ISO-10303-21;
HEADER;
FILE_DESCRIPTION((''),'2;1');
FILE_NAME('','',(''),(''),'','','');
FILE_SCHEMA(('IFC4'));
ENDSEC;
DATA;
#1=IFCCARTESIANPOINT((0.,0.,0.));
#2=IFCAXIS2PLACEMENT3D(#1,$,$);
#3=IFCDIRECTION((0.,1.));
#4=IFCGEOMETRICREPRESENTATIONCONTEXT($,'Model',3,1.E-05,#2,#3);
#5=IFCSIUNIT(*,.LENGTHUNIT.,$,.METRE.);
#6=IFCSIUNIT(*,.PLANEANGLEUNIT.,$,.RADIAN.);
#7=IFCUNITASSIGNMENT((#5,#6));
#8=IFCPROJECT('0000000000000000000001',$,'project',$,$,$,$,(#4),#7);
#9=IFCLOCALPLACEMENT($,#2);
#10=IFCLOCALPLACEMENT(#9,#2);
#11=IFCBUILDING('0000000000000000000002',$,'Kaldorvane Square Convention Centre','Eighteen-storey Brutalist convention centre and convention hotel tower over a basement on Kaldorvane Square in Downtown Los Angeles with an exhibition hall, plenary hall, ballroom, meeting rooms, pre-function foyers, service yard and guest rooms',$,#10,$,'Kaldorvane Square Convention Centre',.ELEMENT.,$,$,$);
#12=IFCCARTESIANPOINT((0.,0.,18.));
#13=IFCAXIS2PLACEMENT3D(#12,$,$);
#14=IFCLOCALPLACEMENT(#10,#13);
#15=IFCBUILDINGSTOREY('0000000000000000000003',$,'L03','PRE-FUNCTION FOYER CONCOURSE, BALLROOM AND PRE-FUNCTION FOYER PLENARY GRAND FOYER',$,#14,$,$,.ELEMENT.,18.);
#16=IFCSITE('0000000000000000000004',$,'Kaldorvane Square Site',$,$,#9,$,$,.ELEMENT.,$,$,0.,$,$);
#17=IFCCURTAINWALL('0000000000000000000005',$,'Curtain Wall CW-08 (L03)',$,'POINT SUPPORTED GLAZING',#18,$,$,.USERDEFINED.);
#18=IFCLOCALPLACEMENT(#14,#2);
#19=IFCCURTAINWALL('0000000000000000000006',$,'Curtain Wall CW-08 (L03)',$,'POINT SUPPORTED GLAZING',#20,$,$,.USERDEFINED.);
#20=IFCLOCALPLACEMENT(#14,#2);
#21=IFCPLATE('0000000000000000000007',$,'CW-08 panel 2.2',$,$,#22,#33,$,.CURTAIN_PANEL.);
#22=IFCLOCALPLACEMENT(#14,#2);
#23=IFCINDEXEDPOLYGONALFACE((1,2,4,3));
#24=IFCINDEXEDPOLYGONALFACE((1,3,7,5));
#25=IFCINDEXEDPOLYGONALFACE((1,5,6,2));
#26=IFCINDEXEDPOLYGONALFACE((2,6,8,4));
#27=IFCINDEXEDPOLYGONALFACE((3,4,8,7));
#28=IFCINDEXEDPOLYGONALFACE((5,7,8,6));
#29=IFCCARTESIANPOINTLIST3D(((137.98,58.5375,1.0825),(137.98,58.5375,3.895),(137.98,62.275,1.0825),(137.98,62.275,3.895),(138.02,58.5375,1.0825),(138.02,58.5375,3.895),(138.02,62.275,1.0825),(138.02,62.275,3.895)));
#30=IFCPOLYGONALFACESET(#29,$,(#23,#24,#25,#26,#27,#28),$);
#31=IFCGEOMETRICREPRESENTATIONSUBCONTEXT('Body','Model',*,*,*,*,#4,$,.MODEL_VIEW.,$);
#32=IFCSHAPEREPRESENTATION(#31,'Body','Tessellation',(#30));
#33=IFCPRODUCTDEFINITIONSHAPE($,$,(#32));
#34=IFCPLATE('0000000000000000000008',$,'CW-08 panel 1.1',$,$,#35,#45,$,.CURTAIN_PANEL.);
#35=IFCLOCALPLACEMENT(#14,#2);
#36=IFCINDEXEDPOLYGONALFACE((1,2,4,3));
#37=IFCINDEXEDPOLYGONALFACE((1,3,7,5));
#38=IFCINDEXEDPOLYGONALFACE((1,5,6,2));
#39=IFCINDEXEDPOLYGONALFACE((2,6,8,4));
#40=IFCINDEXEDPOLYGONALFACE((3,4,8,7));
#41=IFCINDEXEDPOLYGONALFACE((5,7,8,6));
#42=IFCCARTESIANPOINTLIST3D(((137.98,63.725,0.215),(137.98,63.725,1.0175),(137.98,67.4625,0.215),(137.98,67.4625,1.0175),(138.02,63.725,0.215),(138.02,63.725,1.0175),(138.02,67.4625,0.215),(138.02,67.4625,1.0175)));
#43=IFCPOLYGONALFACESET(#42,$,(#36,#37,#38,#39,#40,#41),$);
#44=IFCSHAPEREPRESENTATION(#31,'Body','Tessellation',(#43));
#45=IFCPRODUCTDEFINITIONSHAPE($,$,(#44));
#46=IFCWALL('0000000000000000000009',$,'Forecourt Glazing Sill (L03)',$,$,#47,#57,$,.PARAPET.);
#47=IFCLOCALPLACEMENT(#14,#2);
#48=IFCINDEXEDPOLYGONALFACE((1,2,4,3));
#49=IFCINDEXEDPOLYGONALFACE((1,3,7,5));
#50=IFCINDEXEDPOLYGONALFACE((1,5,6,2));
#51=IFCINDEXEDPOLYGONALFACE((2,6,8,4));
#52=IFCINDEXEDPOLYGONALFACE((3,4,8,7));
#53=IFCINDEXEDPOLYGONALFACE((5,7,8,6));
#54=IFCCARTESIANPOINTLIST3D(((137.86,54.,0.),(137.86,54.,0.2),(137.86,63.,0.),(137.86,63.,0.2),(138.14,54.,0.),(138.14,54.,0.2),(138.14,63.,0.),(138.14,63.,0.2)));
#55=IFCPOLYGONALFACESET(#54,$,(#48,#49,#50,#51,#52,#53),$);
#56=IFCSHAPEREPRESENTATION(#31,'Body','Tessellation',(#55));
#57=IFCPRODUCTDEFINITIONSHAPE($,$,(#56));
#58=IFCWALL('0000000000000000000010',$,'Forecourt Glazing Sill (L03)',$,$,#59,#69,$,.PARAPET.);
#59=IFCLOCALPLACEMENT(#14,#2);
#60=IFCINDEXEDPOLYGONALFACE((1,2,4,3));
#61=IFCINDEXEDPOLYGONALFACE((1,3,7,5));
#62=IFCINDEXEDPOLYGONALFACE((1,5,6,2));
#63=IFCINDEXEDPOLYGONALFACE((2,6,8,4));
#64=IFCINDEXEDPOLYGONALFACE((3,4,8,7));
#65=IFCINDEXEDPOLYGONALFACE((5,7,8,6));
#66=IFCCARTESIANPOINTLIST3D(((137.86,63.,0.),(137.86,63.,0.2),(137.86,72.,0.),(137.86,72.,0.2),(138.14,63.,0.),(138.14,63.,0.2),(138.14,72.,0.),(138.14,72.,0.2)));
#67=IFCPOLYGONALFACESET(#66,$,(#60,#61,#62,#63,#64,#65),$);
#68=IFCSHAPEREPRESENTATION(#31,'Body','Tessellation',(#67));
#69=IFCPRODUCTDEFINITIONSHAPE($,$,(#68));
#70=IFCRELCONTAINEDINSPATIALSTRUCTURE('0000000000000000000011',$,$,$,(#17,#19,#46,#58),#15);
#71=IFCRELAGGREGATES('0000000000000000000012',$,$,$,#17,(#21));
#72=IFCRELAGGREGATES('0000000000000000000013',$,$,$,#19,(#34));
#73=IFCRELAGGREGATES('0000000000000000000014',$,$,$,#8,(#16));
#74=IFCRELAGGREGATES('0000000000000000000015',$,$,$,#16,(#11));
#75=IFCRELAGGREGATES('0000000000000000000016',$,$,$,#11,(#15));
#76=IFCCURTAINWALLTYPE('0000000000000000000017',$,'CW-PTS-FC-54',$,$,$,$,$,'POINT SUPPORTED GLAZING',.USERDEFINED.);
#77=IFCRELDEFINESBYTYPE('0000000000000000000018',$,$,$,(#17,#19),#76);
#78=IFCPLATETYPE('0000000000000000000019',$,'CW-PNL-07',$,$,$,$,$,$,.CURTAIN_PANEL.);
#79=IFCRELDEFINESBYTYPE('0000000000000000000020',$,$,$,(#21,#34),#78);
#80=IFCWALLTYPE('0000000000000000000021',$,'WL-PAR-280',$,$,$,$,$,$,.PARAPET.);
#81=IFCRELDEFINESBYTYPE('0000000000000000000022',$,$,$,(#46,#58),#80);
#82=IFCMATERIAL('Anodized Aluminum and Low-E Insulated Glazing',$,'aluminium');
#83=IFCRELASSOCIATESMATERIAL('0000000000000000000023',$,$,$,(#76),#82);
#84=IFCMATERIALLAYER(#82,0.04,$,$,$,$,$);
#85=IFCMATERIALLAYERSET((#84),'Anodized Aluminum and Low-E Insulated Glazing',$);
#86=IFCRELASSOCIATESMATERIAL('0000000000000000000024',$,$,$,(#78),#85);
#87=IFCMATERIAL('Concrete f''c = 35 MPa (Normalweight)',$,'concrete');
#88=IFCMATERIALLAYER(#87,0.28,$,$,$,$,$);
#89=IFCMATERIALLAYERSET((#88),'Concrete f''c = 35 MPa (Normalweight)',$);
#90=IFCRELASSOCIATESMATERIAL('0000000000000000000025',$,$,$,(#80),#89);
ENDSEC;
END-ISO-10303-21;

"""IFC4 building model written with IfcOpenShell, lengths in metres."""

from ifc_helpers import new_model, si_unit, direction, frame, frame_2d, origin, origin_2d, place, context, subcontext, project, spatial, rectangle, extrude, material, layer, layer_set, type_object, element, aggregate, save


model = new_model("IFC4")

# Units and contexts
model_context = context("Model", 3, precision=1e-05, world=origin(), true_north=direction((0.0, 1.0)))
body_context = subcontext(model_context, "Body", "Model", "MODEL_VIEW")
ifc_project = project(units=[si_unit("LENGTHUNIT", "METRE"), si_unit("PLANEANGLEUNIT", "RADIAN")], contexts=[model_context])

# Site, building, storey
site_placement = place(None, origin())
site = spatial("IfcSite", under=ifc_project, at=site_placement, Name="Kaldorvane Square Site", CompositionType="ELEMENT", RefElevation=0.0)
building_placement = place(site_placement, origin())
building = spatial("IfcBuilding", under=site, at=building_placement, Name="Kaldorvane Square Convention Centre", Description="Eighteen-storey Brutalist convention centre and convention hotel tower over a basement on Kaldorvane Square in Downtown Los Angeles with an exhibition hall, plenary hall, ballroom, meeting rooms, pre-function foyers, service yard and guest rooms", LongName="Kaldorvane Square Convention Centre", CompositionType="ELEMENT")
storey_placement = place(building_placement, frame((0.0, 0.0, 18.0)))
storey = spatial("IfcBuildingStorey", under=building, at=storey_placement, Name="L03", Description="PRE-FUNCTION FOYER CONCOURSE, BALLROOM AND PRE-FUNCTION FOYER PLENARY GRAND FOYER", CompositionType="ELEMENT", Elevation=18.0)

# Curtain wall
ifc_material_1 = material(Name="Anodized Aluminum and Low-E Insulated Glazing", Category="aluminium")
curtain_wall_type = type_object("IfcCurtainWallType", Name="CW-PTS-FC-54", ElementType="POINT SUPPORTED GLAZING", PredefinedType="USERDEFINED", material=ifc_material_1)
curtain_wall_1_placement = place(storey_placement, origin())
curtain_wall_1 = element("IfcCurtainWall", 1, at=curtain_wall_1_placement, inside=storey, type_object=curtain_wall_type, Name="Curtain Wall CW-08 (L03)", ObjectType="POINT SUPPORTED GLAZING", PredefinedType="USERDEFINED")

# Curtain wall
curtain_wall_2_placement = place(storey_placement, origin())
curtain_wall_2 = element("IfcCurtainWall", 2, at=curtain_wall_2_placement, inside=storey, type_object=curtain_wall_type, Name="Curtain Wall CW-08 (L03)", ObjectType="POINT SUPPORTED GLAZING", PredefinedType="USERDEFINED")

# Plates
ifc_layer_1 = layer(ifc_material_1, 0.04)
ifc_layer_set_1 = layer_set([ifc_layer_1], Name="Anodized Aluminum and Low-E Insulated Glazing")
plate_type = type_object("IfcPlateType", Name="CW-PNL-07", PredefinedType="CURTAIN_PANEL", material=ifc_layer_set_1)
plate_1_placement = place(storey_placement, frame((138.0, 60.4062, 1.0825), z_axis=(0.0, 0.0, 1.0), x_axis=(0.0, 1.0, 0.0)))
plate_1 = element("IfcPlate", 3, at=plate_1_placement, type_object=plate_type, Name="CW-08 panel 2.2", PredefinedType="CURTAIN_PANEL", context=body_context, shape_type="SweptSolid", body=[
    extrude(rectangle(XDim=3.7375, YDim=0.04, at=origin_2d()), origin(), (0.0, 0.0, 1.0), 2.8125),
])
aggregate(curtain_wall_1, [plate_1])
plate_2_placement = place(storey_placement, frame((138.0, 65.5938, 0.215), z_axis=(0.0, 0.0, 1.0), x_axis=(0.0, 1.0, 0.0)))
plate_2 = element("IfcPlate", 4, at=plate_2_placement, type_object=plate_type, Name="CW-08 panel 1.1", PredefinedType="CURTAIN_PANEL", context=body_context, shape_type="SweptSolid", body=[
    extrude(rectangle(XDim=3.7375, YDim=0.04, at=origin_2d()), origin(), (0.0, 0.0, 1.0), 0.8025),
])
aggregate(curtain_wall_2, [plate_2])

# Walls
ifc_material_2 = material(Name="Concrete f'c = 35 MPa (Normalweight)", Category="concrete")
ifc_layer_2 = layer(ifc_material_2, 0.28)
ifc_layer_set_2 = layer_set([ifc_layer_2], Name="Concrete f'c = 35 MPa (Normalweight)")
wall_type = type_object("IfcWallType", Name="WL-PAR-280", PredefinedType="PARAPET", material=ifc_layer_set_2)
for number, where, z_axis, x_axis, name in (
    (5, (138.0, 54.0, 0.0), (0.0, 0.0, 1.0), (0.0, 1.0, 0.0), "Forecourt Glazing Sill (L03)"),
    (6, (138.0, 63.0, 0.0), (0.0, 0.0, 1.0), (0.0, 1.0, 0.0), "Forecourt Glazing Sill (L03)"),
):
    element("IfcWall", number, at=place(storey_placement, frame(where, z_axis=z_axis, x_axis=x_axis)), inside=storey, type_object=wall_type, Name=name, PredefinedType="PARAPET", context=body_context, shape_type="SweptSolid", body=[
        extrude(rectangle(XDim=9.0, YDim=0.28, at=frame_2d((4.5, 0.0))), origin(), (0.0, 0.0, 1.0), 0.2),
    ])

save(model, "model.ifc")
